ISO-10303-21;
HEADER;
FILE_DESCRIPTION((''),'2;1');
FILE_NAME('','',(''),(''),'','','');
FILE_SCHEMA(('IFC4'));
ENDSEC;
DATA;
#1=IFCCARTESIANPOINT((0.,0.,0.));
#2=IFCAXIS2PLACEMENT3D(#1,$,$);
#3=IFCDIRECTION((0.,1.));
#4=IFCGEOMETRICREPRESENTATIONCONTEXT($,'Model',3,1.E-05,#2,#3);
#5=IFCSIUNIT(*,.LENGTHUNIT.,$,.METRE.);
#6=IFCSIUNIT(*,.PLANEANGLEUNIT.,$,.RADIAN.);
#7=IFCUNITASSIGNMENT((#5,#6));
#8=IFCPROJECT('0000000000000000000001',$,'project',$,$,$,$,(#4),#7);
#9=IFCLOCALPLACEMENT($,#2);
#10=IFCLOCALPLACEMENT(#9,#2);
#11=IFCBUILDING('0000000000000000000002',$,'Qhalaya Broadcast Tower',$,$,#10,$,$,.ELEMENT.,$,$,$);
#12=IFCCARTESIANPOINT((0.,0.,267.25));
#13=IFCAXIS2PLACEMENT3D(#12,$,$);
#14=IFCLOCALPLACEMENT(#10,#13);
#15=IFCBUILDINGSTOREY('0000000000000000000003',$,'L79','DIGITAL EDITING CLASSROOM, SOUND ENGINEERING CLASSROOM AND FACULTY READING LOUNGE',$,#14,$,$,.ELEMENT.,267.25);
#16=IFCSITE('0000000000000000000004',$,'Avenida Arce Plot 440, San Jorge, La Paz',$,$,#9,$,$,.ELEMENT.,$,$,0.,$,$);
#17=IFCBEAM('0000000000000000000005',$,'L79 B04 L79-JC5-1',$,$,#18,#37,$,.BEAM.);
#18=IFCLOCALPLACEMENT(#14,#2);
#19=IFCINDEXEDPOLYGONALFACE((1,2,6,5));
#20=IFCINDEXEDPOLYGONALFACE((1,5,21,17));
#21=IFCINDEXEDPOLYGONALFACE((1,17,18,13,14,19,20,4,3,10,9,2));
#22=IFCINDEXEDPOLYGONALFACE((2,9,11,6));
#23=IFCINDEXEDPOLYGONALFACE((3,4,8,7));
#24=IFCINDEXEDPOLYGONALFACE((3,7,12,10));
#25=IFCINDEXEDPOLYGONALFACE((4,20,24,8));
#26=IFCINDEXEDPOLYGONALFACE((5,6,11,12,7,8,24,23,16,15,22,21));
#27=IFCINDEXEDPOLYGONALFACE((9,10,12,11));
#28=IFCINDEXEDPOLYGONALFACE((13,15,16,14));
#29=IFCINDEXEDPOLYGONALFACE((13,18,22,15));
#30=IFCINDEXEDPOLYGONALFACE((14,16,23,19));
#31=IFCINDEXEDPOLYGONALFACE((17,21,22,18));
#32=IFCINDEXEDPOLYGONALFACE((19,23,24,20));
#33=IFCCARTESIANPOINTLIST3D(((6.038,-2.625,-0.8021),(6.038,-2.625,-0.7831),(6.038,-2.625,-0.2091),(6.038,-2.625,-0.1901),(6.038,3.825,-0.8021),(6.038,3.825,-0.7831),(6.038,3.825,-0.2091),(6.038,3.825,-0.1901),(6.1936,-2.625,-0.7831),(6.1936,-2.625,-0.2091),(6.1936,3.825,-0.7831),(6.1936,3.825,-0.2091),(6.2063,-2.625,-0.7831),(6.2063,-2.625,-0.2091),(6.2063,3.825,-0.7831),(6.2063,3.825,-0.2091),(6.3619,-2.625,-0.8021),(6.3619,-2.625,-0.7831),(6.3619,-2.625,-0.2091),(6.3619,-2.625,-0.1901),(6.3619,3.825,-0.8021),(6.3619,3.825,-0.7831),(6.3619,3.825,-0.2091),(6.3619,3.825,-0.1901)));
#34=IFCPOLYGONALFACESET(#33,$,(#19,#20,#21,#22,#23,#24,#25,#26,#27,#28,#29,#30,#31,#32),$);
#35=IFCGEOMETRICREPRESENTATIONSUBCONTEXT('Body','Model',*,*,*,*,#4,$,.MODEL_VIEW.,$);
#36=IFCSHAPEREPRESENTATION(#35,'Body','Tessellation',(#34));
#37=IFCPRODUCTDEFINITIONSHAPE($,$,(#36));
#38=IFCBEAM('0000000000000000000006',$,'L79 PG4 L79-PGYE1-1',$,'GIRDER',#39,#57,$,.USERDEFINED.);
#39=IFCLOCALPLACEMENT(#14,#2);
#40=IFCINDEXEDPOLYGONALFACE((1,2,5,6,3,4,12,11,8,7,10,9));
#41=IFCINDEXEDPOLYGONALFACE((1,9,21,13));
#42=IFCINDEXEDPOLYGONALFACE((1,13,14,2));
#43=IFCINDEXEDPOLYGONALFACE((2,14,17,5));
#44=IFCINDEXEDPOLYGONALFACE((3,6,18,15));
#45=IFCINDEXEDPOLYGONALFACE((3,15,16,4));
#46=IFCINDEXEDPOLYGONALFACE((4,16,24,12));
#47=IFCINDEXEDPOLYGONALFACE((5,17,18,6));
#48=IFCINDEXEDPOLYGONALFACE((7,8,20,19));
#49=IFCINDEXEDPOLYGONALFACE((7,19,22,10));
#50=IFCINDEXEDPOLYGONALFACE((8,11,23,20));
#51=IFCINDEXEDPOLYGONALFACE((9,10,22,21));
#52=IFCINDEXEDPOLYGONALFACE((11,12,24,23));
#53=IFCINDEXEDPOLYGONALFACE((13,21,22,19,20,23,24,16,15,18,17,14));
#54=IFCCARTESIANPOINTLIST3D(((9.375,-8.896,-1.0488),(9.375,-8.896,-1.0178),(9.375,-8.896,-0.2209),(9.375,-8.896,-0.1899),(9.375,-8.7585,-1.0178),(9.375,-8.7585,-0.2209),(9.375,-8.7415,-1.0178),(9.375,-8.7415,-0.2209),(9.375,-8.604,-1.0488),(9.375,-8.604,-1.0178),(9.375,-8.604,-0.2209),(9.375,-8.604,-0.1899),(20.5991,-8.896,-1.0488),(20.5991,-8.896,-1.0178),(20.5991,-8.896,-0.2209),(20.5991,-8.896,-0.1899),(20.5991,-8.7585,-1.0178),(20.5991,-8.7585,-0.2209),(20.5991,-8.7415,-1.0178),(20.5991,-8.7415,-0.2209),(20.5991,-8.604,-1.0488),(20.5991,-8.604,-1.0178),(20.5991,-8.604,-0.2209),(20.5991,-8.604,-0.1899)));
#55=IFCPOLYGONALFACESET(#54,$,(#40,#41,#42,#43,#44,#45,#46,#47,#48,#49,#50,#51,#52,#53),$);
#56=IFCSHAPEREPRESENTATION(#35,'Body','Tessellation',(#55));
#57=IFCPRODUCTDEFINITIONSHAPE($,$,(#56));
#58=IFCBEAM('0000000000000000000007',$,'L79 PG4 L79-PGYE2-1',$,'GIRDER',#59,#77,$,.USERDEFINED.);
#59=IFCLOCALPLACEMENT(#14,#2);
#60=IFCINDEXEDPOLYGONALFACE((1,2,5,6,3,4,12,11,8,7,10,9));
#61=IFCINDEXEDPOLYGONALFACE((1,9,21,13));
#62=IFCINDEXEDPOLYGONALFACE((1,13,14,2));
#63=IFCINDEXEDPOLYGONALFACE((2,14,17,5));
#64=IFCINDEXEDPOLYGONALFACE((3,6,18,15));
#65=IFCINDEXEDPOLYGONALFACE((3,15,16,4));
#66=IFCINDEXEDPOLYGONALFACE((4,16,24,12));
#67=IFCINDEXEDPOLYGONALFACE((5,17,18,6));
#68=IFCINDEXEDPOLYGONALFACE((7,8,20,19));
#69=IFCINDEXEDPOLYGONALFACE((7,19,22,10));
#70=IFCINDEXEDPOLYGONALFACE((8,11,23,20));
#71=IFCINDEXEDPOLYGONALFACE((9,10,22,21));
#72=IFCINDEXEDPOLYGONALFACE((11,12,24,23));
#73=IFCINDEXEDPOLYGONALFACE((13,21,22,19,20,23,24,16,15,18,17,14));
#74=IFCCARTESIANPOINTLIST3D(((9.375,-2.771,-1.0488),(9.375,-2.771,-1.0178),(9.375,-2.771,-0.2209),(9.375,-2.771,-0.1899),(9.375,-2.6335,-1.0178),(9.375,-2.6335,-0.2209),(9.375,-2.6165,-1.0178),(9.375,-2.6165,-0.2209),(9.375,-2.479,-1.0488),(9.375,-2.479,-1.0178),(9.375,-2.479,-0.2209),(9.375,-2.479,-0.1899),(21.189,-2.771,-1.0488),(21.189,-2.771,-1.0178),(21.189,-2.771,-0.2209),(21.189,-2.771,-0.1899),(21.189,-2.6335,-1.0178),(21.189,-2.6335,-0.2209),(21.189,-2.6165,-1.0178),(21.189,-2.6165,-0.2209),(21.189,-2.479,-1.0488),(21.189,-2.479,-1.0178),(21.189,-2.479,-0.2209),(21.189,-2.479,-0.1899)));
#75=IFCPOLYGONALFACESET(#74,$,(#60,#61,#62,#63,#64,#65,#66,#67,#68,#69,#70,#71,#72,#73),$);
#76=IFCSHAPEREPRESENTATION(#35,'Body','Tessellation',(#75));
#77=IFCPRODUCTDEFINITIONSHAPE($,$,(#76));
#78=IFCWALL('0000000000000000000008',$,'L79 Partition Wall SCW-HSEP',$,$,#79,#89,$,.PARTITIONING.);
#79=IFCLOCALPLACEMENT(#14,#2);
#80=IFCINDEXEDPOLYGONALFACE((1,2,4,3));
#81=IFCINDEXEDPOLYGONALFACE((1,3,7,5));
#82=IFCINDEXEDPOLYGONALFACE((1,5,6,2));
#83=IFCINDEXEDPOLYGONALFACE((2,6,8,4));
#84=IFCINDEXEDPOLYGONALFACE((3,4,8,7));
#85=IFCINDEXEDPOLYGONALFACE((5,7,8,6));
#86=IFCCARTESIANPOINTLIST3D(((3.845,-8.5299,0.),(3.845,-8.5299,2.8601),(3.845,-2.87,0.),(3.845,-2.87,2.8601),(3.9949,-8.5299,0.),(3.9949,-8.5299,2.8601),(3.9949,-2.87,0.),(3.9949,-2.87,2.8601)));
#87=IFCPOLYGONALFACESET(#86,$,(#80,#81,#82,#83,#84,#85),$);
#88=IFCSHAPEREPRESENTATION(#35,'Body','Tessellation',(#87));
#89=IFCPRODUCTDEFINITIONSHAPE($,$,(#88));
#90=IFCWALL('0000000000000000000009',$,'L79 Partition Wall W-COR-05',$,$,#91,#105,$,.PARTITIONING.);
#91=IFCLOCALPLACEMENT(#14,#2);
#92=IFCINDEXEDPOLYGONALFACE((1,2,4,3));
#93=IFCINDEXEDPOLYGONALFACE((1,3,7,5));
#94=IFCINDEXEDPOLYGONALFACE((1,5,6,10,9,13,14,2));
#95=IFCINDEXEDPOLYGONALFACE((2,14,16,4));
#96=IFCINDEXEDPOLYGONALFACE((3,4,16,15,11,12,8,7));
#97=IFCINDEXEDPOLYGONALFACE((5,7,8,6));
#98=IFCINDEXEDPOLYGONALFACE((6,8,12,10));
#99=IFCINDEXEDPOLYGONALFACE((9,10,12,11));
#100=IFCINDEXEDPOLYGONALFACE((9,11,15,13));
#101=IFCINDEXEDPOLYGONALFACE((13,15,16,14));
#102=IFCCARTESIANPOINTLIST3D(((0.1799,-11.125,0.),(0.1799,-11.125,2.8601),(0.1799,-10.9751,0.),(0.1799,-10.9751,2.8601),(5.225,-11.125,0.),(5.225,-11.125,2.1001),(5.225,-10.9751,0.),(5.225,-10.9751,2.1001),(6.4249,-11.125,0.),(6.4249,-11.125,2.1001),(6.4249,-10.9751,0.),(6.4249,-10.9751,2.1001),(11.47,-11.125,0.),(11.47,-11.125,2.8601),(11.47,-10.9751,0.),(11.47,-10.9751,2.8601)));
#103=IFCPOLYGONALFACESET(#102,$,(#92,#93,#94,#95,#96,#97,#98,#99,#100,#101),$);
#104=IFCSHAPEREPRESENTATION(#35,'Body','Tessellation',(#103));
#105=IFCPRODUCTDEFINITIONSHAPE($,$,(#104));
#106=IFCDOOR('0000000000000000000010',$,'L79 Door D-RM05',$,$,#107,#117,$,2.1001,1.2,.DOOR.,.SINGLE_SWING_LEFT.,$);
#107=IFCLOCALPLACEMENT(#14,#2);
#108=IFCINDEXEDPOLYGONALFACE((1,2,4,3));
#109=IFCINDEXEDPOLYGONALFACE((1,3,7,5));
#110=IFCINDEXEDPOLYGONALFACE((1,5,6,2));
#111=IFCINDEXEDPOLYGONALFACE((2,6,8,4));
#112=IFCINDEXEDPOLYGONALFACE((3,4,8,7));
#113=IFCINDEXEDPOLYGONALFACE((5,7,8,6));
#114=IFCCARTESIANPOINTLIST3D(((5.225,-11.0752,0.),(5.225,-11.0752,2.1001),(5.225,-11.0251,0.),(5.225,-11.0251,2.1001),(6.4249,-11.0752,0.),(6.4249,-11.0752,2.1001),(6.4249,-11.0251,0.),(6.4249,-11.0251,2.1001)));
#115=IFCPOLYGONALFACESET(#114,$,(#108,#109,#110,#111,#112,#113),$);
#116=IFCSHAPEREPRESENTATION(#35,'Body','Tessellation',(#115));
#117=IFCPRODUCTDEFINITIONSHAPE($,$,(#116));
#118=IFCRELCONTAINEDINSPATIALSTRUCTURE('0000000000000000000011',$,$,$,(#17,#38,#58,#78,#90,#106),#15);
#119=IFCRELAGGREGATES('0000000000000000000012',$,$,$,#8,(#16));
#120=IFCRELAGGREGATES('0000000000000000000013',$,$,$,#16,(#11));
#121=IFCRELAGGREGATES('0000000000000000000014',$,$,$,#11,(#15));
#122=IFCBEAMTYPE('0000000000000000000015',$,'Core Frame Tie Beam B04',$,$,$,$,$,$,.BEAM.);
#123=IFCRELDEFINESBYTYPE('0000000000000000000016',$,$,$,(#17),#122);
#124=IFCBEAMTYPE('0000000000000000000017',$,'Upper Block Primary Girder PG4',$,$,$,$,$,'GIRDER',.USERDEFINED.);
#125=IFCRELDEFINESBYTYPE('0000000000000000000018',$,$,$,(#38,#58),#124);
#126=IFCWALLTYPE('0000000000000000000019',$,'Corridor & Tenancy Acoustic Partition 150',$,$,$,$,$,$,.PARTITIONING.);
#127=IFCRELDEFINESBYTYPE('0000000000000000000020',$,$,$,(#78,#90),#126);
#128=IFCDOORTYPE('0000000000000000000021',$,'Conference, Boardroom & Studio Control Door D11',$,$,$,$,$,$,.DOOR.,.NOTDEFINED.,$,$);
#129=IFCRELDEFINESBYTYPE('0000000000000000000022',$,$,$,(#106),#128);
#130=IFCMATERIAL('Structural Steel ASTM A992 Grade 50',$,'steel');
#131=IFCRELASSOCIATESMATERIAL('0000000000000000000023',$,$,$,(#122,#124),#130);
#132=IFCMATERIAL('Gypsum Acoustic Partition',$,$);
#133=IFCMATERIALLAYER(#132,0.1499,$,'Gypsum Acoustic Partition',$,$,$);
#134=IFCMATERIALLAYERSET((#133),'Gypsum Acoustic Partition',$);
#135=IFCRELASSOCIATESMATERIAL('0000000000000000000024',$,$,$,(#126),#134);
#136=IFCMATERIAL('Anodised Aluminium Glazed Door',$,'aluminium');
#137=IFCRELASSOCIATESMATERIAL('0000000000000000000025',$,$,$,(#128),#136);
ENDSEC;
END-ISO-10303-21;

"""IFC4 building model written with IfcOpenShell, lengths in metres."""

from ifc_helpers import new_model, si_unit, direction, frame, frame_2d, origin, origin_2d, place, context, subcontext, project, spatial, rectangle, i_section, extrude, material, layer, layer_set, material_profile, profile_set, type_object, element, fill, save


model = new_model("IFC4")

# Units and contexts
model_context = context("Model", 3, precision=1e-05, world=origin(), true_north=direction((0.0, 1.0)))
body_context = subcontext(model_context, "Body", "Model", "MODEL_VIEW")
ifc_project = project(units=[si_unit("LENGTHUNIT", "METRE"), si_unit("PLANEANGLEUNIT", "RADIAN")], contexts=[model_context])

# Site, building, storey
site_placement = place(None, origin())
site = spatial("IfcSite", under=ifc_project, at=site_placement, Name="Avenida Arce Plot 440, San Jorge, La Paz", CompositionType="ELEMENT", RefElevation=0.0)
building_placement = place(site_placement, origin())
building = spatial("IfcBuilding", under=site, at=building_placement, Name="Qhalaya Broadcast Tower", CompositionType="ELEMENT")
storey_placement = place(building_placement, frame((0.0, 0.0, 267.25)))
storey = spatial("IfcBuildingStorey", under=building, at=storey_placement, Name="L79", Description="DIGITAL EDITING CLASSROOM, SOUND ENGINEERING CLASSROOM AND FACULTY READING LOUNGE", CompositionType="ELEMENT", Elevation=267.25)

# Beams
ifc_material_1 = material(Name="Structural Steel ASTM A992 Grade 50", Category="steel")
ifc_material_profile_1 = material_profile(ifc_material_1, i_section(OverallWidth=0.324, OverallDepth=0.6121, WebThickness=0.0127, FlangeThickness=0.019, at=origin_2d()), Name="W24X104")
ifc_profile_set_1 = profile_set([ifc_material_profile_1], Name="Structural Steel ASTM A992 Grade 50")
beam_type_1 = type_object("IfcBeamType", Name="Core Frame Tie Beam B04", PredefinedType="BEAM", material=ifc_profile_set_1)
for number, where, z_axis, x_axis, name in (
    (1, (6.2, -2.625, -0.4961), (0.0, 1.0, 0.0), (-1.0, 0.0, 0.0), "L79 B04 L79-JC5-1"),
):
    element("IfcBeam", number, at=place(storey_placement, frame(where, z_axis=z_axis, x_axis=x_axis)), inside=storey, type_object=beam_type_1, Name=name, PredefinedType="BEAM", context=body_context, shape_type="SweptSolid", body=[
        extrude(i_section(OverallWidth=0.324, OverallDepth=0.6121, WebThickness=0.0127, FlangeThickness=0.019, at=origin_2d()), origin(), (0.0, 0.0, 1.0), 6.45),
    ])
ifc_material_profile_2 = material_profile(ifc_material_1, i_section(OverallWidth=0.292, OverallDepth=0.8589, WebThickness=0.0171, FlangeThickness=0.031, at=origin_2d()), Name="W33X169")
ifc_profile_set_2 = profile_set([ifc_material_profile_2], Name="Structural Steel ASTM A992 Grade 50")
beam_type_2 = type_object("IfcBeamType", Name="Upper Block Primary Girder PG4", ElementType="GIRDER", PredefinedType="USERDEFINED", material=ifc_profile_set_2)
beam_1_placement = place(storey_placement, frame((9.375, -8.75, -0.6194), z_axis=(1.0, 0.0, 0.0), x_axis=(0.0, 1.0, 0.0)))
element("IfcBeam", 2, at=beam_1_placement, inside=storey, type_object=beam_type_2, Name="L79 PG4 L79-PGYE1-1", ObjectType="GIRDER", PredefinedType="USERDEFINED", context=body_context, shape_type="SweptSolid", body=[
    extrude(i_section(OverallWidth=0.292, OverallDepth=0.8589, WebThickness=0.0171, FlangeThickness=0.031, at=origin_2d()), origin(), (0.0, 0.0, 1.0), 11.2241),
])
beam_2_placement = place(storey_placement, frame((9.375, -2.625, -0.6194), z_axis=(1.0, 0.0, 0.0), x_axis=(0.0, 1.0, 0.0)))
element("IfcBeam", 3, at=beam_2_placement, inside=storey, type_object=beam_type_2, Name="L79 PG4 L79-PGYE2-1", ObjectType="GIRDER", PredefinedType="USERDEFINED", context=body_context, shape_type="SweptSolid", body=[
    extrude(i_section(OverallWidth=0.292, OverallDepth=0.8589, WebThickness=0.0171, FlangeThickness=0.031, at=origin_2d()), origin(), (0.0, 0.0, 1.0), 11.814),
])

# Wall
ifc_material_2 = material(Name="Gypsum Acoustic Partition")
ifc_layer_1 = layer(ifc_material_2, 0.1499, Name="Gypsum Acoustic Partition")
ifc_layer_set_1 = layer_set([ifc_layer_1], Name="Gypsum Acoustic Partition")
wall_type_1 = type_object("IfcWallType", Name="Corridor & Tenancy Acoustic Partition 150", PredefinedType="PARTITIONING", material=ifc_layer_set_1)
wall_1_placement = place(storey_placement, frame((3.9199, -8.53, 0.0), z_axis=(0.0, 0.0, 1.0), x_axis=(0.0, 1.0, 0.0)))
element("IfcWall", 4, at=wall_1_placement, inside=storey, type_object=wall_type_1, Name="L79 Partition Wall SCW-HSEP", PredefinedType="PARTITIONING", context=body_context, shape_type="SweptSolid", body=[
    extrude(rectangle(XDim=5.6599, YDim=0.1499, at=frame_2d((2.8301, 0.0))), origin(), (0.0, 0.0, 1.0), 2.8601),
])

# Wall, opening, door
wall_2_placement = place(storey_placement, frame((0.1799, -11.05, 0.0), z_axis=(0.0, 0.0, 1.0), x_axis=(1.0, 0.0, 0.0)))
wall_2 = element("IfcWall", 5, at=wall_2_placement, inside=storey, type_object=wall_type_1, Name="L79 Partition Wall W-COR-05", PredefinedType="PARTITIONING", context=body_context, shape_type="SweptSolid", body=[
    extrude(rectangle(XDim=11.29, YDim=0.1499, at=frame_2d((5.645, 0.0))), origin(), (0.0, 0.0, 1.0), 2.8601),
])
opening_1_placement = place(wall_2_placement, frame((5.0449, 0.0, 0.0)))
opening_1 = element("IfcOpeningElement", 6, at=opening_1_placement, cuts=wall_2, PredefinedType="OPENING", context=body_context, shape_type="SweptSolid", body=[
    extrude(rectangle(XDim=1.2, YDim=2.1001, at=frame_2d((0.6001, 1.05))), frame((0.0, 0.0869, 0.0), z_axis=(0.0, -1.0, 0.0), x_axis=(1.0, 0.0, 0.0)), (0.0, 0.0, 1.0), 0.1738),
])
ifc_material_3 = material(Name="Anodised Aluminium Glazed Door", Category="aluminium")
door_type_1 = type_object("IfcDoorType", Name="Conference, Boardroom & Studio Control Door D11", OperationType="NOTDEFINED", PredefinedType="DOOR", material=ifc_material_3)
door_1_placement = place(opening_1_placement, origin())
door_1 = element("IfcDoor", 7, at=door_1_placement, inside=storey, type_object=door_type_1, Name="L79 Door D-RM05", OperationType="SINGLE_SWING_LEFT", OverallHeight=2.1001, OverallWidth=1.2, PredefinedType="DOOR", context=body_context, shape_type="SweptSolid", body=[
    extrude(rectangle(XDim=1.2, YDim=2.1001, at=frame_2d((0.6001, 1.05))), frame((0.0, 0.0249, 0.0), z_axis=(0.0, -1.0, 0.0), x_axis=(1.0, 0.0, 0.0)), (0.0, 0.0, 1.0), 0.05),
])
fill(opening_1, door_1)

save(model, "model.ifc")
